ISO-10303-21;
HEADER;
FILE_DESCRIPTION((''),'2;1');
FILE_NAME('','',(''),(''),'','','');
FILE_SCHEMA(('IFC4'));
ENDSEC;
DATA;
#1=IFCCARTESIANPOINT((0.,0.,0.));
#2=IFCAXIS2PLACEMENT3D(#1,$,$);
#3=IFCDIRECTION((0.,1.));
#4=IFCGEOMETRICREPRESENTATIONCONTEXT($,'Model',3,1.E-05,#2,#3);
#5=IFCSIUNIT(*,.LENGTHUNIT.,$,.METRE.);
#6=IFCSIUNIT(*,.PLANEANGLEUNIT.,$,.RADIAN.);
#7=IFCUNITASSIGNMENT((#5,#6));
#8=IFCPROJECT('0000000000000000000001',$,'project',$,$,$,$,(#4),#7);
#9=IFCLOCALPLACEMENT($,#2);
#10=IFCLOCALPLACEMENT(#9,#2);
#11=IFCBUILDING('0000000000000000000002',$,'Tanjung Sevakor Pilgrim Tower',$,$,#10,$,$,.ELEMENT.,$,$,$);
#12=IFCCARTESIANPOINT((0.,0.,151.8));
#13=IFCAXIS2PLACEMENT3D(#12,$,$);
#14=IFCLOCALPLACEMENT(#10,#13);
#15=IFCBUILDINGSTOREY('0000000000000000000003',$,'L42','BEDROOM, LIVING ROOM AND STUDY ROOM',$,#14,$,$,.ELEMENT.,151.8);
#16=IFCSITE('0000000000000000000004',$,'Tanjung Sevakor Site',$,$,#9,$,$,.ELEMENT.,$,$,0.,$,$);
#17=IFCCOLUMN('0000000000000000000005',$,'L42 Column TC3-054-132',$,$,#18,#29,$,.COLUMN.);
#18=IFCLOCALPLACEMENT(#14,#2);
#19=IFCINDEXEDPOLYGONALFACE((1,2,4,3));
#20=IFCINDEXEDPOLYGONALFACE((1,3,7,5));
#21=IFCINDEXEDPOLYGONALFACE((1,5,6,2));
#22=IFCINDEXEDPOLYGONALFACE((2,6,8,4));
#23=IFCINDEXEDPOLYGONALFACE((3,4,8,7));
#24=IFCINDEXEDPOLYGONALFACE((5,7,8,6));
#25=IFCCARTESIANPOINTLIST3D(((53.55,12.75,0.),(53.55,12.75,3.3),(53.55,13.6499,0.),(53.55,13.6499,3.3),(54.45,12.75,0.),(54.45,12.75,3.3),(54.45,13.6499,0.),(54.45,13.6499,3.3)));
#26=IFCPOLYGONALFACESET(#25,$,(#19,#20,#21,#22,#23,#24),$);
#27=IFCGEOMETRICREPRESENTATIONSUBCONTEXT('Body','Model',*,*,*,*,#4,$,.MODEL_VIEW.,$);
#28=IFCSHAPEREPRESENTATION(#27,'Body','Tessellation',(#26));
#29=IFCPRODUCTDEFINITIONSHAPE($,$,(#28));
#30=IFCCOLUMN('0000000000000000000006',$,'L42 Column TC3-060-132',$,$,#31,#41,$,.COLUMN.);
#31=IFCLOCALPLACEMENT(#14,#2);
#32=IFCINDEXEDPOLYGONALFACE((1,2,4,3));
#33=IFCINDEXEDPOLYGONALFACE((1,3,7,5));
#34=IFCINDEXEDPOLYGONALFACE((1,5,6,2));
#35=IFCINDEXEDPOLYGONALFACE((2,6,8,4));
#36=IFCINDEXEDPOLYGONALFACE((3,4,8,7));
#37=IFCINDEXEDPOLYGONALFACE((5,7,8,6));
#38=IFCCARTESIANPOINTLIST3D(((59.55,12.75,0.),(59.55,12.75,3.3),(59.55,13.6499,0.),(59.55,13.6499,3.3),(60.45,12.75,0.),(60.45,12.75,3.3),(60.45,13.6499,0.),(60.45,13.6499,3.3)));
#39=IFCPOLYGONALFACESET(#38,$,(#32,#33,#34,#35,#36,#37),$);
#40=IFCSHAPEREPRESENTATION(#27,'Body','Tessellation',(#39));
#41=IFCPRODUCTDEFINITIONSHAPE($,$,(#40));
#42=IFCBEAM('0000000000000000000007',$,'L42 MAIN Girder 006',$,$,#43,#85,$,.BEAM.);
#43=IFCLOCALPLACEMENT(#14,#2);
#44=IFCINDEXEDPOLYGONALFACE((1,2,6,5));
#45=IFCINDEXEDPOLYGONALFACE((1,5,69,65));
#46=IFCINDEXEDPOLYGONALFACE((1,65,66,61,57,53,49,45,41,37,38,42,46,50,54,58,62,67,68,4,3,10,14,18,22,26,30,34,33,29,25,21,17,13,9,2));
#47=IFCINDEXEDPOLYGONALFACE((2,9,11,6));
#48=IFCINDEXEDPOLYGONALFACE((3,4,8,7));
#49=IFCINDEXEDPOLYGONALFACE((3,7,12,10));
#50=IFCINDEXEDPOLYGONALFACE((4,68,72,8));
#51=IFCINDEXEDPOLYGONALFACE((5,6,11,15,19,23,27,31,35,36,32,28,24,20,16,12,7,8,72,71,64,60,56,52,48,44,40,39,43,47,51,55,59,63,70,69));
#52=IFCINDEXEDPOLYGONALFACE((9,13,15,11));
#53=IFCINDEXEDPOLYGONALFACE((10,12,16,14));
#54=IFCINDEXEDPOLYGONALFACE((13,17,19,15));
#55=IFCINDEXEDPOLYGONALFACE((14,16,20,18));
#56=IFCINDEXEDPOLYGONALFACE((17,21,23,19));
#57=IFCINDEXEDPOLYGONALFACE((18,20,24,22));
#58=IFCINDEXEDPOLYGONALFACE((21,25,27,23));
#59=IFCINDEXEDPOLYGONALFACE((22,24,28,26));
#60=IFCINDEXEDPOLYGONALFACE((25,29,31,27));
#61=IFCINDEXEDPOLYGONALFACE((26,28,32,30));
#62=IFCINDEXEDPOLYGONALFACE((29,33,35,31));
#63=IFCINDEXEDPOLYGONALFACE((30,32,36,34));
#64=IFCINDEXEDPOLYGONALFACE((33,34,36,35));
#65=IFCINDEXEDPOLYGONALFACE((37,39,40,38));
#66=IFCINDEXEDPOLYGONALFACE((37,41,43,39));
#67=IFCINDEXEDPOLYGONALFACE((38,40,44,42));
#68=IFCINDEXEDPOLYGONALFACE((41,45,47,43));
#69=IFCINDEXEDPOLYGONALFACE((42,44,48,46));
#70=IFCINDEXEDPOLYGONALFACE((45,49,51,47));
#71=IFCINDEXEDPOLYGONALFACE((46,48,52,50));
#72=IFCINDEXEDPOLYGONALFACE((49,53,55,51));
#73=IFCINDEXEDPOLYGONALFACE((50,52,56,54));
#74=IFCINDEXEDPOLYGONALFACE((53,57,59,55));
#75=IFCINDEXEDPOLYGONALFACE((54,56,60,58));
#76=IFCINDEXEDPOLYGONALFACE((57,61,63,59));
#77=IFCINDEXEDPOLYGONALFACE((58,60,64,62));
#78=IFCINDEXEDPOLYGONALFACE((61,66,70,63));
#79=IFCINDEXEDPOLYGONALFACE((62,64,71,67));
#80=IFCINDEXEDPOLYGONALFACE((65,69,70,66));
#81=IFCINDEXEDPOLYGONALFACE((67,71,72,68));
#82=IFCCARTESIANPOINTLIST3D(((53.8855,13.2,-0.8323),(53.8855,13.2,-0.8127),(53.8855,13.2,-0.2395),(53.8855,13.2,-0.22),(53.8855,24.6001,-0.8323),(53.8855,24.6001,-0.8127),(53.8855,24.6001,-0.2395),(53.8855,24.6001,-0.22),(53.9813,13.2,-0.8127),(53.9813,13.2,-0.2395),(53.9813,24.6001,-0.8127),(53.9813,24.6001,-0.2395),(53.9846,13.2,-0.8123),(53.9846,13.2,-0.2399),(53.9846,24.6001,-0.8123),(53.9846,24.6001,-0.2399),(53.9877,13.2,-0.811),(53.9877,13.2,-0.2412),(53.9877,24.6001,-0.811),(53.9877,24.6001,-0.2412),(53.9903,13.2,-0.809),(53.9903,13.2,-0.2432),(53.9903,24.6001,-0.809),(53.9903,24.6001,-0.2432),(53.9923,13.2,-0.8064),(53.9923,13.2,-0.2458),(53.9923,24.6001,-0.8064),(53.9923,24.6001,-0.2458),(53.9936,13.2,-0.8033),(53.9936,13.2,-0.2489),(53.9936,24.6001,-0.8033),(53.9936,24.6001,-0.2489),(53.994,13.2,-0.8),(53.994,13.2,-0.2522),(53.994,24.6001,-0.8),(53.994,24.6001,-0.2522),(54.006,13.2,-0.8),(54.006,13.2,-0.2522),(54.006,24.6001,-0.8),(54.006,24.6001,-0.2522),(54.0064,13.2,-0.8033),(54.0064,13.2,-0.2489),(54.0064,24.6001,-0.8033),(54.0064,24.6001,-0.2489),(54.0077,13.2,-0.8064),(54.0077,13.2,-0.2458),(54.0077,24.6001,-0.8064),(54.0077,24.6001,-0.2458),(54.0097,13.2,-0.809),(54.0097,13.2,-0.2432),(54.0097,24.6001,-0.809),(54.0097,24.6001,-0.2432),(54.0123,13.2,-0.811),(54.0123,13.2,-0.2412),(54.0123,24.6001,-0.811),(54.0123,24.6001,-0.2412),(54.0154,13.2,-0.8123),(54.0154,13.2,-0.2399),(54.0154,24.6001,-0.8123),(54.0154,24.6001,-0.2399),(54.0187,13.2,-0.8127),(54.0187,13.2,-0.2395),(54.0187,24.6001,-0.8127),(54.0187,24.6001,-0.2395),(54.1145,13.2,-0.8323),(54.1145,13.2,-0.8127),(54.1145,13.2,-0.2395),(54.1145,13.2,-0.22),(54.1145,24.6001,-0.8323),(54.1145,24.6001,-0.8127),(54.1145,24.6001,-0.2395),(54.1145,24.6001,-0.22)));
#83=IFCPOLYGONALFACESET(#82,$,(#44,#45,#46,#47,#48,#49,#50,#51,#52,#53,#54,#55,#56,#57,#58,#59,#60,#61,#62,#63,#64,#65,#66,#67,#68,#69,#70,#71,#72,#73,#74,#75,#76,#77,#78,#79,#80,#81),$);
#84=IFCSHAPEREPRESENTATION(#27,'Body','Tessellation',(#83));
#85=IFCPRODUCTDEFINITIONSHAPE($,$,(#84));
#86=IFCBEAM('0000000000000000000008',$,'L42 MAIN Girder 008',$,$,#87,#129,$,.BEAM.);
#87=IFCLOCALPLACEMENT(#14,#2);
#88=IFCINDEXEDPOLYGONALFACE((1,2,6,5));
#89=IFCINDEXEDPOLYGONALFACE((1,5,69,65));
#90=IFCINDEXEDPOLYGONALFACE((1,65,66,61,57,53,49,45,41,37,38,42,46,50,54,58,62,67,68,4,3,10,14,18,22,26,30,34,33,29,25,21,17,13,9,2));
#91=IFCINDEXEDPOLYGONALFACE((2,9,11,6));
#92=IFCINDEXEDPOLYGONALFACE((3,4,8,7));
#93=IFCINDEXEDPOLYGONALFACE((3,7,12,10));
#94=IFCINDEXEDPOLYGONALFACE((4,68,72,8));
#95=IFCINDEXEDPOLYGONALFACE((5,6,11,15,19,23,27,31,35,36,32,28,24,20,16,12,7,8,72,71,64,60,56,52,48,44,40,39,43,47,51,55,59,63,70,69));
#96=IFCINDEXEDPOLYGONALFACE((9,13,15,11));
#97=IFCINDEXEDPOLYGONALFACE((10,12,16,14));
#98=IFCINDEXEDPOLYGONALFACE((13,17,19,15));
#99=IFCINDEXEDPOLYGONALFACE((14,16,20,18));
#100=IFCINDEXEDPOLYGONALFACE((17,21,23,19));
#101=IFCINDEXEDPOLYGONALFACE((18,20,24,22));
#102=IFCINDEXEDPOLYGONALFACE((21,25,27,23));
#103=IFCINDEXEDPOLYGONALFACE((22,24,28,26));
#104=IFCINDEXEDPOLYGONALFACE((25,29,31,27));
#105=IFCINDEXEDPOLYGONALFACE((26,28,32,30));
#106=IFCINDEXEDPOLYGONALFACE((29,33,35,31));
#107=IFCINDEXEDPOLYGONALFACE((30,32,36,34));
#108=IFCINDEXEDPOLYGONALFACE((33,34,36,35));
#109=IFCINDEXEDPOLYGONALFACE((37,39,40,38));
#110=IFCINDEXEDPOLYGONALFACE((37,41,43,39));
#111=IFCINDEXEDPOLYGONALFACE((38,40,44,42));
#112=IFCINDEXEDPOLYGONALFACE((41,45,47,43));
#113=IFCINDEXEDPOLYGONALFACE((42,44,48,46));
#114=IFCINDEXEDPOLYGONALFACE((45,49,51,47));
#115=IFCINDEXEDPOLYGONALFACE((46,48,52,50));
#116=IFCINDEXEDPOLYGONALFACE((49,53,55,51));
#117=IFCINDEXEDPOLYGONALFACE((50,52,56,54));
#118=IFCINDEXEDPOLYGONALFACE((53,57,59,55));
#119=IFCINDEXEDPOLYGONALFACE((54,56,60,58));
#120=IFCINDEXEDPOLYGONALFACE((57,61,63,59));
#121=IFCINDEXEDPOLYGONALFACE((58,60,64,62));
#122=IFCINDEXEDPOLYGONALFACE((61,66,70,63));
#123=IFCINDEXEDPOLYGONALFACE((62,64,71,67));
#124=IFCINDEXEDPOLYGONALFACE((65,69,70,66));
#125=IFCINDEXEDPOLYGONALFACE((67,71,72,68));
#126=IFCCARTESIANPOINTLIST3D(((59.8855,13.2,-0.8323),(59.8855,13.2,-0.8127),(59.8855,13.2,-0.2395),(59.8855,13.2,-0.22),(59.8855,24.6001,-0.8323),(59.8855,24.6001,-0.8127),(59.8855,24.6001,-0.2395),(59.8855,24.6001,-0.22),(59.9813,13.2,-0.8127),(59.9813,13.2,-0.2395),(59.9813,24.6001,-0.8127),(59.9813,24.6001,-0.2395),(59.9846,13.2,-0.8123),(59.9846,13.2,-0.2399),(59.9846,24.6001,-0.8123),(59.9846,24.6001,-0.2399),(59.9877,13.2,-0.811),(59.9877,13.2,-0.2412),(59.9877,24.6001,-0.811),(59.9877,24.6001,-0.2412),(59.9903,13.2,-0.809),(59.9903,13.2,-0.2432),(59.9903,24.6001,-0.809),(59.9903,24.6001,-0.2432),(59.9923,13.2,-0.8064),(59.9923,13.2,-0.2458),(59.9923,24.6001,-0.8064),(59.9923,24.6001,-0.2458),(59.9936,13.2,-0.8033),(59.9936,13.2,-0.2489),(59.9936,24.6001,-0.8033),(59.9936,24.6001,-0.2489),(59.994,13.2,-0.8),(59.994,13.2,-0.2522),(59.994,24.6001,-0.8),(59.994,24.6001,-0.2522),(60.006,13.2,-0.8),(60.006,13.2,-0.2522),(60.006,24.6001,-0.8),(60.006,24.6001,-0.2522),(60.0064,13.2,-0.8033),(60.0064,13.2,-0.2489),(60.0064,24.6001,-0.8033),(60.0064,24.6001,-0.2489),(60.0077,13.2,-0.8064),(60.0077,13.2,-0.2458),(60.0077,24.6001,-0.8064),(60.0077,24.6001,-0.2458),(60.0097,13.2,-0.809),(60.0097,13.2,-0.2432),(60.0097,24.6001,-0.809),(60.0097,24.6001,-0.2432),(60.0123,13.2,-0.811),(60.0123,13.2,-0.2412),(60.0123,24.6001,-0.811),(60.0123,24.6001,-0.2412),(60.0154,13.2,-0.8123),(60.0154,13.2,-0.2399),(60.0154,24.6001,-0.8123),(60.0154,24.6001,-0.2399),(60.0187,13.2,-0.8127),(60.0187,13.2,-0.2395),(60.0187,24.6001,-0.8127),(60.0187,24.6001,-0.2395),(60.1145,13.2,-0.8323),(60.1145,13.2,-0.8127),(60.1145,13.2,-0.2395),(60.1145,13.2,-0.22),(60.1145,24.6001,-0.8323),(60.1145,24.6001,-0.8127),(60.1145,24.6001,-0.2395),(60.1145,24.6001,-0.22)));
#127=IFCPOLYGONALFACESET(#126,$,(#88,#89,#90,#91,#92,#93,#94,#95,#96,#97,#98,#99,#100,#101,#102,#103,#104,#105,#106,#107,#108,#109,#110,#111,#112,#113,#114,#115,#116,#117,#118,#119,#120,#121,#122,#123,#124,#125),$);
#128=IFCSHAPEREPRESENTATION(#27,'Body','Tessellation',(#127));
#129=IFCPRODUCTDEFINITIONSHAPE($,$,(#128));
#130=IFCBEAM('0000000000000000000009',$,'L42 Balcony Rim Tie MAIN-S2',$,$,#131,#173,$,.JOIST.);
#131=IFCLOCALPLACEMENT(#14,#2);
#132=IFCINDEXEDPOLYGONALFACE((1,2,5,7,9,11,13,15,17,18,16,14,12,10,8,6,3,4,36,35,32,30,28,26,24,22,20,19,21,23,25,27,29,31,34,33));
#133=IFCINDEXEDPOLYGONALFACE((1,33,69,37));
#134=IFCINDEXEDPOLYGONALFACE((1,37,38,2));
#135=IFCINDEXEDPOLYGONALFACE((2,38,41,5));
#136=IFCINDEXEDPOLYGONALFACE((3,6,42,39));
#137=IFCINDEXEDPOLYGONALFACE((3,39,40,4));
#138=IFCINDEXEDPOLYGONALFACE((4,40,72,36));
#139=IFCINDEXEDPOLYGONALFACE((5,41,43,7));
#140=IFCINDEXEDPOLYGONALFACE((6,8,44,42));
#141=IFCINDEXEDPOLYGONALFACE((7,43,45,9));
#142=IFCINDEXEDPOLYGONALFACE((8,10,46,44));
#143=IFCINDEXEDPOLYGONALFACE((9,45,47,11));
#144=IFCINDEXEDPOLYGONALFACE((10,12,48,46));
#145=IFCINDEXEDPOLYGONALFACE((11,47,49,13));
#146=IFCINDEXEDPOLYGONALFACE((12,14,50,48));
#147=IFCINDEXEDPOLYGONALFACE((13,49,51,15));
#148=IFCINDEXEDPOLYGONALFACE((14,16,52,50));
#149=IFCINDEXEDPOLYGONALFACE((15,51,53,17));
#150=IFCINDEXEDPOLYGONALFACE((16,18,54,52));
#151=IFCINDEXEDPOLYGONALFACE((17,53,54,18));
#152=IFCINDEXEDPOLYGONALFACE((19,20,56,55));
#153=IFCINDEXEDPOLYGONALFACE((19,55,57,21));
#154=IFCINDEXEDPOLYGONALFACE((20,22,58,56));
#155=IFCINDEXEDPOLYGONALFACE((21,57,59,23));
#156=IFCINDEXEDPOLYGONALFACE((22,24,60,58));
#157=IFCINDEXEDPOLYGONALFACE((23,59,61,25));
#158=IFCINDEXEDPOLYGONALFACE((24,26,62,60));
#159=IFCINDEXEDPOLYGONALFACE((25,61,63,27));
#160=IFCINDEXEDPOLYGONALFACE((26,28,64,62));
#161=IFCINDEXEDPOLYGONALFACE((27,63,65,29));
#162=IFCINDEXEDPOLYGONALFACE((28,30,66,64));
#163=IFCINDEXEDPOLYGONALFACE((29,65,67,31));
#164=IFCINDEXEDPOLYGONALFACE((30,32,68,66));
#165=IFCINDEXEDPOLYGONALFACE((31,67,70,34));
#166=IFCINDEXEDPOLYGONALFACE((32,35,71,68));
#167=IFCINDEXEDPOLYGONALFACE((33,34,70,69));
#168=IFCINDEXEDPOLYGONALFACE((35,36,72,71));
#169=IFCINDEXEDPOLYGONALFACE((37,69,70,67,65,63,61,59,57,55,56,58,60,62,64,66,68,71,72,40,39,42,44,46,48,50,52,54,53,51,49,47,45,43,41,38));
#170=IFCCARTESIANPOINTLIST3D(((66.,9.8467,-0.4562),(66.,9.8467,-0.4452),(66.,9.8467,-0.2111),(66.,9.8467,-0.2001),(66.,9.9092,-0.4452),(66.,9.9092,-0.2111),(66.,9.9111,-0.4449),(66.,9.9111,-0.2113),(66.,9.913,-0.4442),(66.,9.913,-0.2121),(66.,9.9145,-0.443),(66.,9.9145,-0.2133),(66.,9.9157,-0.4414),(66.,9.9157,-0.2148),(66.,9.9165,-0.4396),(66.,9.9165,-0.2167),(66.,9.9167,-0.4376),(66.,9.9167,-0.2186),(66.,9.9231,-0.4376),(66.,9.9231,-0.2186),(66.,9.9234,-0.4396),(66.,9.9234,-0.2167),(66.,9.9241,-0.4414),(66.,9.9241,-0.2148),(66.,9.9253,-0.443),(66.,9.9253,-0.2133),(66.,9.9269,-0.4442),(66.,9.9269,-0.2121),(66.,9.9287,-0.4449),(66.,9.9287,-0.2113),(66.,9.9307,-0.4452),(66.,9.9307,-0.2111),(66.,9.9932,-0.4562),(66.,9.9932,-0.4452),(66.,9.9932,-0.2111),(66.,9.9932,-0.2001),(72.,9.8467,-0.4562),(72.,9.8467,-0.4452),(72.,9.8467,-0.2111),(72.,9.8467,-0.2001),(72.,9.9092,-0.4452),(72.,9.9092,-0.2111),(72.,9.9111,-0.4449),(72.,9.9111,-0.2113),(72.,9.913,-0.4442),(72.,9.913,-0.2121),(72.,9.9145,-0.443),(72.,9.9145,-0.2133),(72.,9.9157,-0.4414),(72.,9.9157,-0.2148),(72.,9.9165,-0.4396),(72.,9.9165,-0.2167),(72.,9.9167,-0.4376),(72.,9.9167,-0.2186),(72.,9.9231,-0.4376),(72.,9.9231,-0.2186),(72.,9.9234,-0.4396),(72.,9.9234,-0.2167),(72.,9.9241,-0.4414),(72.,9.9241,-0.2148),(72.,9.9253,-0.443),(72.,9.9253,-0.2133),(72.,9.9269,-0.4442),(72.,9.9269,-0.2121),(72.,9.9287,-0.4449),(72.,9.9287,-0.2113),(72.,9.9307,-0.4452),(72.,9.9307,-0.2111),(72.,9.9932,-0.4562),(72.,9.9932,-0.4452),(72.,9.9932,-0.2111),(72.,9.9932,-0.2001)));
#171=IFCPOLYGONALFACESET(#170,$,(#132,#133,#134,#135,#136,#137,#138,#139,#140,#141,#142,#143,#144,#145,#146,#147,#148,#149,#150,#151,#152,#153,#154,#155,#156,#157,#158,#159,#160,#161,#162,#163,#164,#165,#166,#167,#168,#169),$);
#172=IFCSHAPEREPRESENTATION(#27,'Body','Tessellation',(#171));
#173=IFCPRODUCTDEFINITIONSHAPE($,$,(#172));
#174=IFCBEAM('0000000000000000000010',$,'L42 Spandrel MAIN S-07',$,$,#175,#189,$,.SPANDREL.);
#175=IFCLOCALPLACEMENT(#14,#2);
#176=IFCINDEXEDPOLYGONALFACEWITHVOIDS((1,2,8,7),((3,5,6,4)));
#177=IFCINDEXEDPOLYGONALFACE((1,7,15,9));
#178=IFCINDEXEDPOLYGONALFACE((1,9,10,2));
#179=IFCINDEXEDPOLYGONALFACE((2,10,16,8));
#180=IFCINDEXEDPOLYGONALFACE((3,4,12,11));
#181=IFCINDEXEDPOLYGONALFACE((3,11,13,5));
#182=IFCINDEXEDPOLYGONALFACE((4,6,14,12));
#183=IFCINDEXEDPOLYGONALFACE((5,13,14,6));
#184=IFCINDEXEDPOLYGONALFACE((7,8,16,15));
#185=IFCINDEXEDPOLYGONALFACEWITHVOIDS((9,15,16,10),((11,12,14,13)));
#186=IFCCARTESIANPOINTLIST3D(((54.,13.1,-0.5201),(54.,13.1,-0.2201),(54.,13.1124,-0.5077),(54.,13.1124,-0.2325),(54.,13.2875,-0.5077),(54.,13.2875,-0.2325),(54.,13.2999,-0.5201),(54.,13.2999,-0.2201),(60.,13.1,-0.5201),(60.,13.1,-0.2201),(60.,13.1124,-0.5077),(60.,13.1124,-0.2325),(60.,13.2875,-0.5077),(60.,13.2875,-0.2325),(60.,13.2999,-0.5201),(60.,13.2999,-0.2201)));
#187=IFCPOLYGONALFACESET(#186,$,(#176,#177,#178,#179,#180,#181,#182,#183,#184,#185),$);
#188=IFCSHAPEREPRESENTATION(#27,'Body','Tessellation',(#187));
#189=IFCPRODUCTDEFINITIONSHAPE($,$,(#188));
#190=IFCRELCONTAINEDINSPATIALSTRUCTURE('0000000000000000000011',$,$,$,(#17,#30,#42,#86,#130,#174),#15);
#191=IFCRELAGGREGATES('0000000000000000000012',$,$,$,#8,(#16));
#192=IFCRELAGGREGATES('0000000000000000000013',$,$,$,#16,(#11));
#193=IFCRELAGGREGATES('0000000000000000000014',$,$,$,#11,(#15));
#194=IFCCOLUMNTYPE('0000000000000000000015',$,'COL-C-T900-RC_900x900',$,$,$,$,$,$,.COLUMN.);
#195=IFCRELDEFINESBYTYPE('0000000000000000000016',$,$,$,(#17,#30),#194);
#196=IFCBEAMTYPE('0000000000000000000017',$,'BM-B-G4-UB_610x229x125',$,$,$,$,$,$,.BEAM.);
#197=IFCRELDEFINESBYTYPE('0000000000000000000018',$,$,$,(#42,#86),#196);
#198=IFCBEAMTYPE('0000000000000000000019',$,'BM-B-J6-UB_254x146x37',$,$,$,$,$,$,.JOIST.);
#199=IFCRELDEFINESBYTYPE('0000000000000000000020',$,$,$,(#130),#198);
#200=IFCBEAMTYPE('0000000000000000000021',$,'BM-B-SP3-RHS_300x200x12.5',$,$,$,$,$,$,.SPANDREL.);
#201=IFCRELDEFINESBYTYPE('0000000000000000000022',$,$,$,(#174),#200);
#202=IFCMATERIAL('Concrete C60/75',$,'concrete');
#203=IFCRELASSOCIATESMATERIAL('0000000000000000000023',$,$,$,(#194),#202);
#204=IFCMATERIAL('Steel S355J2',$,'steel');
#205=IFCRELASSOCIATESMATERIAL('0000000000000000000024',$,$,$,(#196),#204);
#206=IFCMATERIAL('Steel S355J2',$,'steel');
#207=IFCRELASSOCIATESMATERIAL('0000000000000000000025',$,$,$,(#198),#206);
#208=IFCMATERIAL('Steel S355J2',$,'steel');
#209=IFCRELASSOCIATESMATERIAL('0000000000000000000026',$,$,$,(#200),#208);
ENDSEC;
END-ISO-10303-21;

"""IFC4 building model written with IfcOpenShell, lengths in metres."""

from ifc_helpers import new_model, si_unit, direction, frame, origin, origin_2d, place, context, subcontext, project, spatial, rectangle, hollow_rectangle, i_section, extrude, material, material_profile, profile_set, type_object, element, save


model = new_model("IFC4")

# Units and contexts
model_context = context("Model", 3, precision=1e-05, world=origin(), true_north=direction((0.0, 1.0)))
body_context = subcontext(model_context, "Body", "Model", "MODEL_VIEW")
ifc_project = project(units=[si_unit("LENGTHUNIT", "METRE"), si_unit("PLANEANGLEUNIT", "RADIAN")], contexts=[model_context])

# Site, building, storey
site_placement = place(None, origin())
site = spatial("IfcSite", under=ifc_project, at=site_placement, Name="Tanjung Sevakor Site", CompositionType="ELEMENT", RefElevation=0.0)
building_placement = place(site_placement, origin())
building = spatial("IfcBuilding", under=site, at=building_placement, Name="Tanjung Sevakor Pilgrim Tower", CompositionType="ELEMENT")
storey_placement = place(building_placement, frame((0.0, 0.0, 151.8)))
storey = spatial("IfcBuildingStorey", under=building, at=storey_placement, Name="L42", Description="BEDROOM, LIVING ROOM AND STUDY ROOM", CompositionType="ELEMENT", Elevation=151.8)

# Columns
ifc_material_1 = material(Name="Concrete C60/75", Category="concrete")
ifc_material_profile_1 = material_profile(ifc_material_1, rectangle(XDim=0.8999, YDim=0.8999, at=origin_2d()))
ifc_profile_set_1 = profile_set([ifc_material_profile_1], Name="Concrete C60/75")
column_type = type_object("IfcColumnType", Name="COL-C-T900-RC_900x900", PredefinedType="COLUMN", material=ifc_profile_set_1)
for number, where, z_axis, x_axis, name in (
    (1, (54.0, 13.2, 0.0), (0.0, 0.0, 1.0), (1.0, 0.0, 0.0), "L42 Column TC3-054-132"),
    (2, (60.0, 13.2, 0.0), (0.0, 0.0, 1.0), (1.0, 0.0, 0.0), "L42 Column TC3-060-132"),
):
    element("IfcColumn", number, at=place(storey_placement, frame(where, z_axis=z_axis, x_axis=x_axis)), inside=storey, type_object=column_type, Name=name, PredefinedType="COLUMN", context=body_context, shape_type="SweptSolid", body=[
        extrude(rectangle(XDim=0.8999, YDim=0.8999, at=origin_2d()), origin(), (0.0, 0.0, 1.0), 3.3),
    ])

# Beams
ifc_material_2 = material(Name="Steel S355J2", Category="steel")
ifc_material_profile_2 = material_profile(ifc_material_2, i_section(OverallWidth=0.229, OverallDepth=0.6123, WebThickness=0.012, FlangeThickness=0.0195, FilletRadius=0.0127, at=origin_2d()))
ifc_profile_set_2 = profile_set([ifc_material_profile_2], Name="Steel S355J2")
beam_type_1 = type_object("IfcBeamType", Name="BM-B-G4-UB_610x229x125", PredefinedType="BEAM", material=ifc_profile_set_2)
for number, where, z_axis, x_axis, name in (
    (3, (54.0, 13.2, -0.5261), (0.0, 1.0, 0.0), (-1.0, 0.0, 0.0), "L42 MAIN Girder 006"),
    (4, (60.0, 13.2, -0.5261), (0.0, 1.0, 0.0), (-1.0, 0.0, 0.0), "L42 MAIN Girder 008"),
):
    element("IfcBeam", number, at=place(storey_placement, frame(where, z_axis=z_axis, x_axis=x_axis)), inside=storey, type_object=beam_type_1, Name=name, PredefinedType="BEAM", context=body_context, shape_type="SweptSolid", body=[
        extrude(i_section(OverallWidth=0.229, OverallDepth=0.6123, WebThickness=0.012, FlangeThickness=0.0195, FilletRadius=0.0127, at=origin_2d()), origin(), (0.0, 0.0, 1.0), 11.4001),
    ])
ifc_material_3 = material(Name="Steel S355J2", Category="steel")
ifc_material_profile_3 = material_profile(ifc_material_3, i_section(OverallWidth=0.1465, OverallDepth=0.2561, WebThickness=0.0063, FlangeThickness=0.011, FilletRadius=0.0076, at=origin_2d()))
ifc_profile_set_3 = profile_set([ifc_material_profile_3], Name="Steel S355J2")
beam_type_2 = type_object("IfcBeamType", Name="BM-B-J6-UB_254x146x37", PredefinedType="JOIST", material=ifc_profile_set_3)
beam_placement = place(storey_placement, frame((66.0, 9.9199, -0.3281), z_axis=(1.0, 0.0, 0.0), x_axis=(0.0, 1.0, 0.0)))
element("IfcBeam", 5, at=beam_placement, inside=storey, type_object=beam_type_2, Name="L42 Balcony Rim Tie MAIN-S2", PredefinedType="JOIST", context=body_context, shape_type="SweptSolid", body=[
    extrude(i_section(OverallWidth=0.1465, OverallDepth=0.2561, WebThickness=0.0063, FlangeThickness=0.011, FilletRadius=0.0076, at=origin_2d()), origin(), (0.0, 0.0, 1.0), 6.0),
])
ifc_material_4 = material(Name="Steel S355J2", Category="steel")
ifc_material_profile_4 = material_profile(ifc_material_4, hollow_rectangle(XDim=0.2, YDim=0.3, WallThickness=0.0125, at=origin_2d()))
ifc_profile_set_4 = profile_set([ifc_material_profile_4], Name="Steel S355J2")
beam_type_3 = type_object("IfcBeamType", Name="BM-B-SP3-RHS_300x200x12.5", PredefinedType="SPANDREL", material=ifc_profile_set_4)
for number, where, z_axis, x_axis, name in (
    (6, (54.0, 13.2, -0.3701), (1.0, 0.0, 0.0), (0.0, 1.0, 0.0), "L42 Spandrel MAIN S-07"),
):
    element("IfcBeam", number, at=place(storey_placement, frame(where, z_axis=z_axis, x_axis=x_axis)), inside=storey, type_object=beam_type_3, Name=name, PredefinedType="SPANDREL", context=body_context, shape_type="SweptSolid", body=[
        extrude(hollow_rectangle(XDim=0.2, YDim=0.3, WallThickness=0.0125, at=origin_2d()), origin(), (0.0, 0.0, 1.0), 6.0),
    ])

save(model, "model.ifc")
